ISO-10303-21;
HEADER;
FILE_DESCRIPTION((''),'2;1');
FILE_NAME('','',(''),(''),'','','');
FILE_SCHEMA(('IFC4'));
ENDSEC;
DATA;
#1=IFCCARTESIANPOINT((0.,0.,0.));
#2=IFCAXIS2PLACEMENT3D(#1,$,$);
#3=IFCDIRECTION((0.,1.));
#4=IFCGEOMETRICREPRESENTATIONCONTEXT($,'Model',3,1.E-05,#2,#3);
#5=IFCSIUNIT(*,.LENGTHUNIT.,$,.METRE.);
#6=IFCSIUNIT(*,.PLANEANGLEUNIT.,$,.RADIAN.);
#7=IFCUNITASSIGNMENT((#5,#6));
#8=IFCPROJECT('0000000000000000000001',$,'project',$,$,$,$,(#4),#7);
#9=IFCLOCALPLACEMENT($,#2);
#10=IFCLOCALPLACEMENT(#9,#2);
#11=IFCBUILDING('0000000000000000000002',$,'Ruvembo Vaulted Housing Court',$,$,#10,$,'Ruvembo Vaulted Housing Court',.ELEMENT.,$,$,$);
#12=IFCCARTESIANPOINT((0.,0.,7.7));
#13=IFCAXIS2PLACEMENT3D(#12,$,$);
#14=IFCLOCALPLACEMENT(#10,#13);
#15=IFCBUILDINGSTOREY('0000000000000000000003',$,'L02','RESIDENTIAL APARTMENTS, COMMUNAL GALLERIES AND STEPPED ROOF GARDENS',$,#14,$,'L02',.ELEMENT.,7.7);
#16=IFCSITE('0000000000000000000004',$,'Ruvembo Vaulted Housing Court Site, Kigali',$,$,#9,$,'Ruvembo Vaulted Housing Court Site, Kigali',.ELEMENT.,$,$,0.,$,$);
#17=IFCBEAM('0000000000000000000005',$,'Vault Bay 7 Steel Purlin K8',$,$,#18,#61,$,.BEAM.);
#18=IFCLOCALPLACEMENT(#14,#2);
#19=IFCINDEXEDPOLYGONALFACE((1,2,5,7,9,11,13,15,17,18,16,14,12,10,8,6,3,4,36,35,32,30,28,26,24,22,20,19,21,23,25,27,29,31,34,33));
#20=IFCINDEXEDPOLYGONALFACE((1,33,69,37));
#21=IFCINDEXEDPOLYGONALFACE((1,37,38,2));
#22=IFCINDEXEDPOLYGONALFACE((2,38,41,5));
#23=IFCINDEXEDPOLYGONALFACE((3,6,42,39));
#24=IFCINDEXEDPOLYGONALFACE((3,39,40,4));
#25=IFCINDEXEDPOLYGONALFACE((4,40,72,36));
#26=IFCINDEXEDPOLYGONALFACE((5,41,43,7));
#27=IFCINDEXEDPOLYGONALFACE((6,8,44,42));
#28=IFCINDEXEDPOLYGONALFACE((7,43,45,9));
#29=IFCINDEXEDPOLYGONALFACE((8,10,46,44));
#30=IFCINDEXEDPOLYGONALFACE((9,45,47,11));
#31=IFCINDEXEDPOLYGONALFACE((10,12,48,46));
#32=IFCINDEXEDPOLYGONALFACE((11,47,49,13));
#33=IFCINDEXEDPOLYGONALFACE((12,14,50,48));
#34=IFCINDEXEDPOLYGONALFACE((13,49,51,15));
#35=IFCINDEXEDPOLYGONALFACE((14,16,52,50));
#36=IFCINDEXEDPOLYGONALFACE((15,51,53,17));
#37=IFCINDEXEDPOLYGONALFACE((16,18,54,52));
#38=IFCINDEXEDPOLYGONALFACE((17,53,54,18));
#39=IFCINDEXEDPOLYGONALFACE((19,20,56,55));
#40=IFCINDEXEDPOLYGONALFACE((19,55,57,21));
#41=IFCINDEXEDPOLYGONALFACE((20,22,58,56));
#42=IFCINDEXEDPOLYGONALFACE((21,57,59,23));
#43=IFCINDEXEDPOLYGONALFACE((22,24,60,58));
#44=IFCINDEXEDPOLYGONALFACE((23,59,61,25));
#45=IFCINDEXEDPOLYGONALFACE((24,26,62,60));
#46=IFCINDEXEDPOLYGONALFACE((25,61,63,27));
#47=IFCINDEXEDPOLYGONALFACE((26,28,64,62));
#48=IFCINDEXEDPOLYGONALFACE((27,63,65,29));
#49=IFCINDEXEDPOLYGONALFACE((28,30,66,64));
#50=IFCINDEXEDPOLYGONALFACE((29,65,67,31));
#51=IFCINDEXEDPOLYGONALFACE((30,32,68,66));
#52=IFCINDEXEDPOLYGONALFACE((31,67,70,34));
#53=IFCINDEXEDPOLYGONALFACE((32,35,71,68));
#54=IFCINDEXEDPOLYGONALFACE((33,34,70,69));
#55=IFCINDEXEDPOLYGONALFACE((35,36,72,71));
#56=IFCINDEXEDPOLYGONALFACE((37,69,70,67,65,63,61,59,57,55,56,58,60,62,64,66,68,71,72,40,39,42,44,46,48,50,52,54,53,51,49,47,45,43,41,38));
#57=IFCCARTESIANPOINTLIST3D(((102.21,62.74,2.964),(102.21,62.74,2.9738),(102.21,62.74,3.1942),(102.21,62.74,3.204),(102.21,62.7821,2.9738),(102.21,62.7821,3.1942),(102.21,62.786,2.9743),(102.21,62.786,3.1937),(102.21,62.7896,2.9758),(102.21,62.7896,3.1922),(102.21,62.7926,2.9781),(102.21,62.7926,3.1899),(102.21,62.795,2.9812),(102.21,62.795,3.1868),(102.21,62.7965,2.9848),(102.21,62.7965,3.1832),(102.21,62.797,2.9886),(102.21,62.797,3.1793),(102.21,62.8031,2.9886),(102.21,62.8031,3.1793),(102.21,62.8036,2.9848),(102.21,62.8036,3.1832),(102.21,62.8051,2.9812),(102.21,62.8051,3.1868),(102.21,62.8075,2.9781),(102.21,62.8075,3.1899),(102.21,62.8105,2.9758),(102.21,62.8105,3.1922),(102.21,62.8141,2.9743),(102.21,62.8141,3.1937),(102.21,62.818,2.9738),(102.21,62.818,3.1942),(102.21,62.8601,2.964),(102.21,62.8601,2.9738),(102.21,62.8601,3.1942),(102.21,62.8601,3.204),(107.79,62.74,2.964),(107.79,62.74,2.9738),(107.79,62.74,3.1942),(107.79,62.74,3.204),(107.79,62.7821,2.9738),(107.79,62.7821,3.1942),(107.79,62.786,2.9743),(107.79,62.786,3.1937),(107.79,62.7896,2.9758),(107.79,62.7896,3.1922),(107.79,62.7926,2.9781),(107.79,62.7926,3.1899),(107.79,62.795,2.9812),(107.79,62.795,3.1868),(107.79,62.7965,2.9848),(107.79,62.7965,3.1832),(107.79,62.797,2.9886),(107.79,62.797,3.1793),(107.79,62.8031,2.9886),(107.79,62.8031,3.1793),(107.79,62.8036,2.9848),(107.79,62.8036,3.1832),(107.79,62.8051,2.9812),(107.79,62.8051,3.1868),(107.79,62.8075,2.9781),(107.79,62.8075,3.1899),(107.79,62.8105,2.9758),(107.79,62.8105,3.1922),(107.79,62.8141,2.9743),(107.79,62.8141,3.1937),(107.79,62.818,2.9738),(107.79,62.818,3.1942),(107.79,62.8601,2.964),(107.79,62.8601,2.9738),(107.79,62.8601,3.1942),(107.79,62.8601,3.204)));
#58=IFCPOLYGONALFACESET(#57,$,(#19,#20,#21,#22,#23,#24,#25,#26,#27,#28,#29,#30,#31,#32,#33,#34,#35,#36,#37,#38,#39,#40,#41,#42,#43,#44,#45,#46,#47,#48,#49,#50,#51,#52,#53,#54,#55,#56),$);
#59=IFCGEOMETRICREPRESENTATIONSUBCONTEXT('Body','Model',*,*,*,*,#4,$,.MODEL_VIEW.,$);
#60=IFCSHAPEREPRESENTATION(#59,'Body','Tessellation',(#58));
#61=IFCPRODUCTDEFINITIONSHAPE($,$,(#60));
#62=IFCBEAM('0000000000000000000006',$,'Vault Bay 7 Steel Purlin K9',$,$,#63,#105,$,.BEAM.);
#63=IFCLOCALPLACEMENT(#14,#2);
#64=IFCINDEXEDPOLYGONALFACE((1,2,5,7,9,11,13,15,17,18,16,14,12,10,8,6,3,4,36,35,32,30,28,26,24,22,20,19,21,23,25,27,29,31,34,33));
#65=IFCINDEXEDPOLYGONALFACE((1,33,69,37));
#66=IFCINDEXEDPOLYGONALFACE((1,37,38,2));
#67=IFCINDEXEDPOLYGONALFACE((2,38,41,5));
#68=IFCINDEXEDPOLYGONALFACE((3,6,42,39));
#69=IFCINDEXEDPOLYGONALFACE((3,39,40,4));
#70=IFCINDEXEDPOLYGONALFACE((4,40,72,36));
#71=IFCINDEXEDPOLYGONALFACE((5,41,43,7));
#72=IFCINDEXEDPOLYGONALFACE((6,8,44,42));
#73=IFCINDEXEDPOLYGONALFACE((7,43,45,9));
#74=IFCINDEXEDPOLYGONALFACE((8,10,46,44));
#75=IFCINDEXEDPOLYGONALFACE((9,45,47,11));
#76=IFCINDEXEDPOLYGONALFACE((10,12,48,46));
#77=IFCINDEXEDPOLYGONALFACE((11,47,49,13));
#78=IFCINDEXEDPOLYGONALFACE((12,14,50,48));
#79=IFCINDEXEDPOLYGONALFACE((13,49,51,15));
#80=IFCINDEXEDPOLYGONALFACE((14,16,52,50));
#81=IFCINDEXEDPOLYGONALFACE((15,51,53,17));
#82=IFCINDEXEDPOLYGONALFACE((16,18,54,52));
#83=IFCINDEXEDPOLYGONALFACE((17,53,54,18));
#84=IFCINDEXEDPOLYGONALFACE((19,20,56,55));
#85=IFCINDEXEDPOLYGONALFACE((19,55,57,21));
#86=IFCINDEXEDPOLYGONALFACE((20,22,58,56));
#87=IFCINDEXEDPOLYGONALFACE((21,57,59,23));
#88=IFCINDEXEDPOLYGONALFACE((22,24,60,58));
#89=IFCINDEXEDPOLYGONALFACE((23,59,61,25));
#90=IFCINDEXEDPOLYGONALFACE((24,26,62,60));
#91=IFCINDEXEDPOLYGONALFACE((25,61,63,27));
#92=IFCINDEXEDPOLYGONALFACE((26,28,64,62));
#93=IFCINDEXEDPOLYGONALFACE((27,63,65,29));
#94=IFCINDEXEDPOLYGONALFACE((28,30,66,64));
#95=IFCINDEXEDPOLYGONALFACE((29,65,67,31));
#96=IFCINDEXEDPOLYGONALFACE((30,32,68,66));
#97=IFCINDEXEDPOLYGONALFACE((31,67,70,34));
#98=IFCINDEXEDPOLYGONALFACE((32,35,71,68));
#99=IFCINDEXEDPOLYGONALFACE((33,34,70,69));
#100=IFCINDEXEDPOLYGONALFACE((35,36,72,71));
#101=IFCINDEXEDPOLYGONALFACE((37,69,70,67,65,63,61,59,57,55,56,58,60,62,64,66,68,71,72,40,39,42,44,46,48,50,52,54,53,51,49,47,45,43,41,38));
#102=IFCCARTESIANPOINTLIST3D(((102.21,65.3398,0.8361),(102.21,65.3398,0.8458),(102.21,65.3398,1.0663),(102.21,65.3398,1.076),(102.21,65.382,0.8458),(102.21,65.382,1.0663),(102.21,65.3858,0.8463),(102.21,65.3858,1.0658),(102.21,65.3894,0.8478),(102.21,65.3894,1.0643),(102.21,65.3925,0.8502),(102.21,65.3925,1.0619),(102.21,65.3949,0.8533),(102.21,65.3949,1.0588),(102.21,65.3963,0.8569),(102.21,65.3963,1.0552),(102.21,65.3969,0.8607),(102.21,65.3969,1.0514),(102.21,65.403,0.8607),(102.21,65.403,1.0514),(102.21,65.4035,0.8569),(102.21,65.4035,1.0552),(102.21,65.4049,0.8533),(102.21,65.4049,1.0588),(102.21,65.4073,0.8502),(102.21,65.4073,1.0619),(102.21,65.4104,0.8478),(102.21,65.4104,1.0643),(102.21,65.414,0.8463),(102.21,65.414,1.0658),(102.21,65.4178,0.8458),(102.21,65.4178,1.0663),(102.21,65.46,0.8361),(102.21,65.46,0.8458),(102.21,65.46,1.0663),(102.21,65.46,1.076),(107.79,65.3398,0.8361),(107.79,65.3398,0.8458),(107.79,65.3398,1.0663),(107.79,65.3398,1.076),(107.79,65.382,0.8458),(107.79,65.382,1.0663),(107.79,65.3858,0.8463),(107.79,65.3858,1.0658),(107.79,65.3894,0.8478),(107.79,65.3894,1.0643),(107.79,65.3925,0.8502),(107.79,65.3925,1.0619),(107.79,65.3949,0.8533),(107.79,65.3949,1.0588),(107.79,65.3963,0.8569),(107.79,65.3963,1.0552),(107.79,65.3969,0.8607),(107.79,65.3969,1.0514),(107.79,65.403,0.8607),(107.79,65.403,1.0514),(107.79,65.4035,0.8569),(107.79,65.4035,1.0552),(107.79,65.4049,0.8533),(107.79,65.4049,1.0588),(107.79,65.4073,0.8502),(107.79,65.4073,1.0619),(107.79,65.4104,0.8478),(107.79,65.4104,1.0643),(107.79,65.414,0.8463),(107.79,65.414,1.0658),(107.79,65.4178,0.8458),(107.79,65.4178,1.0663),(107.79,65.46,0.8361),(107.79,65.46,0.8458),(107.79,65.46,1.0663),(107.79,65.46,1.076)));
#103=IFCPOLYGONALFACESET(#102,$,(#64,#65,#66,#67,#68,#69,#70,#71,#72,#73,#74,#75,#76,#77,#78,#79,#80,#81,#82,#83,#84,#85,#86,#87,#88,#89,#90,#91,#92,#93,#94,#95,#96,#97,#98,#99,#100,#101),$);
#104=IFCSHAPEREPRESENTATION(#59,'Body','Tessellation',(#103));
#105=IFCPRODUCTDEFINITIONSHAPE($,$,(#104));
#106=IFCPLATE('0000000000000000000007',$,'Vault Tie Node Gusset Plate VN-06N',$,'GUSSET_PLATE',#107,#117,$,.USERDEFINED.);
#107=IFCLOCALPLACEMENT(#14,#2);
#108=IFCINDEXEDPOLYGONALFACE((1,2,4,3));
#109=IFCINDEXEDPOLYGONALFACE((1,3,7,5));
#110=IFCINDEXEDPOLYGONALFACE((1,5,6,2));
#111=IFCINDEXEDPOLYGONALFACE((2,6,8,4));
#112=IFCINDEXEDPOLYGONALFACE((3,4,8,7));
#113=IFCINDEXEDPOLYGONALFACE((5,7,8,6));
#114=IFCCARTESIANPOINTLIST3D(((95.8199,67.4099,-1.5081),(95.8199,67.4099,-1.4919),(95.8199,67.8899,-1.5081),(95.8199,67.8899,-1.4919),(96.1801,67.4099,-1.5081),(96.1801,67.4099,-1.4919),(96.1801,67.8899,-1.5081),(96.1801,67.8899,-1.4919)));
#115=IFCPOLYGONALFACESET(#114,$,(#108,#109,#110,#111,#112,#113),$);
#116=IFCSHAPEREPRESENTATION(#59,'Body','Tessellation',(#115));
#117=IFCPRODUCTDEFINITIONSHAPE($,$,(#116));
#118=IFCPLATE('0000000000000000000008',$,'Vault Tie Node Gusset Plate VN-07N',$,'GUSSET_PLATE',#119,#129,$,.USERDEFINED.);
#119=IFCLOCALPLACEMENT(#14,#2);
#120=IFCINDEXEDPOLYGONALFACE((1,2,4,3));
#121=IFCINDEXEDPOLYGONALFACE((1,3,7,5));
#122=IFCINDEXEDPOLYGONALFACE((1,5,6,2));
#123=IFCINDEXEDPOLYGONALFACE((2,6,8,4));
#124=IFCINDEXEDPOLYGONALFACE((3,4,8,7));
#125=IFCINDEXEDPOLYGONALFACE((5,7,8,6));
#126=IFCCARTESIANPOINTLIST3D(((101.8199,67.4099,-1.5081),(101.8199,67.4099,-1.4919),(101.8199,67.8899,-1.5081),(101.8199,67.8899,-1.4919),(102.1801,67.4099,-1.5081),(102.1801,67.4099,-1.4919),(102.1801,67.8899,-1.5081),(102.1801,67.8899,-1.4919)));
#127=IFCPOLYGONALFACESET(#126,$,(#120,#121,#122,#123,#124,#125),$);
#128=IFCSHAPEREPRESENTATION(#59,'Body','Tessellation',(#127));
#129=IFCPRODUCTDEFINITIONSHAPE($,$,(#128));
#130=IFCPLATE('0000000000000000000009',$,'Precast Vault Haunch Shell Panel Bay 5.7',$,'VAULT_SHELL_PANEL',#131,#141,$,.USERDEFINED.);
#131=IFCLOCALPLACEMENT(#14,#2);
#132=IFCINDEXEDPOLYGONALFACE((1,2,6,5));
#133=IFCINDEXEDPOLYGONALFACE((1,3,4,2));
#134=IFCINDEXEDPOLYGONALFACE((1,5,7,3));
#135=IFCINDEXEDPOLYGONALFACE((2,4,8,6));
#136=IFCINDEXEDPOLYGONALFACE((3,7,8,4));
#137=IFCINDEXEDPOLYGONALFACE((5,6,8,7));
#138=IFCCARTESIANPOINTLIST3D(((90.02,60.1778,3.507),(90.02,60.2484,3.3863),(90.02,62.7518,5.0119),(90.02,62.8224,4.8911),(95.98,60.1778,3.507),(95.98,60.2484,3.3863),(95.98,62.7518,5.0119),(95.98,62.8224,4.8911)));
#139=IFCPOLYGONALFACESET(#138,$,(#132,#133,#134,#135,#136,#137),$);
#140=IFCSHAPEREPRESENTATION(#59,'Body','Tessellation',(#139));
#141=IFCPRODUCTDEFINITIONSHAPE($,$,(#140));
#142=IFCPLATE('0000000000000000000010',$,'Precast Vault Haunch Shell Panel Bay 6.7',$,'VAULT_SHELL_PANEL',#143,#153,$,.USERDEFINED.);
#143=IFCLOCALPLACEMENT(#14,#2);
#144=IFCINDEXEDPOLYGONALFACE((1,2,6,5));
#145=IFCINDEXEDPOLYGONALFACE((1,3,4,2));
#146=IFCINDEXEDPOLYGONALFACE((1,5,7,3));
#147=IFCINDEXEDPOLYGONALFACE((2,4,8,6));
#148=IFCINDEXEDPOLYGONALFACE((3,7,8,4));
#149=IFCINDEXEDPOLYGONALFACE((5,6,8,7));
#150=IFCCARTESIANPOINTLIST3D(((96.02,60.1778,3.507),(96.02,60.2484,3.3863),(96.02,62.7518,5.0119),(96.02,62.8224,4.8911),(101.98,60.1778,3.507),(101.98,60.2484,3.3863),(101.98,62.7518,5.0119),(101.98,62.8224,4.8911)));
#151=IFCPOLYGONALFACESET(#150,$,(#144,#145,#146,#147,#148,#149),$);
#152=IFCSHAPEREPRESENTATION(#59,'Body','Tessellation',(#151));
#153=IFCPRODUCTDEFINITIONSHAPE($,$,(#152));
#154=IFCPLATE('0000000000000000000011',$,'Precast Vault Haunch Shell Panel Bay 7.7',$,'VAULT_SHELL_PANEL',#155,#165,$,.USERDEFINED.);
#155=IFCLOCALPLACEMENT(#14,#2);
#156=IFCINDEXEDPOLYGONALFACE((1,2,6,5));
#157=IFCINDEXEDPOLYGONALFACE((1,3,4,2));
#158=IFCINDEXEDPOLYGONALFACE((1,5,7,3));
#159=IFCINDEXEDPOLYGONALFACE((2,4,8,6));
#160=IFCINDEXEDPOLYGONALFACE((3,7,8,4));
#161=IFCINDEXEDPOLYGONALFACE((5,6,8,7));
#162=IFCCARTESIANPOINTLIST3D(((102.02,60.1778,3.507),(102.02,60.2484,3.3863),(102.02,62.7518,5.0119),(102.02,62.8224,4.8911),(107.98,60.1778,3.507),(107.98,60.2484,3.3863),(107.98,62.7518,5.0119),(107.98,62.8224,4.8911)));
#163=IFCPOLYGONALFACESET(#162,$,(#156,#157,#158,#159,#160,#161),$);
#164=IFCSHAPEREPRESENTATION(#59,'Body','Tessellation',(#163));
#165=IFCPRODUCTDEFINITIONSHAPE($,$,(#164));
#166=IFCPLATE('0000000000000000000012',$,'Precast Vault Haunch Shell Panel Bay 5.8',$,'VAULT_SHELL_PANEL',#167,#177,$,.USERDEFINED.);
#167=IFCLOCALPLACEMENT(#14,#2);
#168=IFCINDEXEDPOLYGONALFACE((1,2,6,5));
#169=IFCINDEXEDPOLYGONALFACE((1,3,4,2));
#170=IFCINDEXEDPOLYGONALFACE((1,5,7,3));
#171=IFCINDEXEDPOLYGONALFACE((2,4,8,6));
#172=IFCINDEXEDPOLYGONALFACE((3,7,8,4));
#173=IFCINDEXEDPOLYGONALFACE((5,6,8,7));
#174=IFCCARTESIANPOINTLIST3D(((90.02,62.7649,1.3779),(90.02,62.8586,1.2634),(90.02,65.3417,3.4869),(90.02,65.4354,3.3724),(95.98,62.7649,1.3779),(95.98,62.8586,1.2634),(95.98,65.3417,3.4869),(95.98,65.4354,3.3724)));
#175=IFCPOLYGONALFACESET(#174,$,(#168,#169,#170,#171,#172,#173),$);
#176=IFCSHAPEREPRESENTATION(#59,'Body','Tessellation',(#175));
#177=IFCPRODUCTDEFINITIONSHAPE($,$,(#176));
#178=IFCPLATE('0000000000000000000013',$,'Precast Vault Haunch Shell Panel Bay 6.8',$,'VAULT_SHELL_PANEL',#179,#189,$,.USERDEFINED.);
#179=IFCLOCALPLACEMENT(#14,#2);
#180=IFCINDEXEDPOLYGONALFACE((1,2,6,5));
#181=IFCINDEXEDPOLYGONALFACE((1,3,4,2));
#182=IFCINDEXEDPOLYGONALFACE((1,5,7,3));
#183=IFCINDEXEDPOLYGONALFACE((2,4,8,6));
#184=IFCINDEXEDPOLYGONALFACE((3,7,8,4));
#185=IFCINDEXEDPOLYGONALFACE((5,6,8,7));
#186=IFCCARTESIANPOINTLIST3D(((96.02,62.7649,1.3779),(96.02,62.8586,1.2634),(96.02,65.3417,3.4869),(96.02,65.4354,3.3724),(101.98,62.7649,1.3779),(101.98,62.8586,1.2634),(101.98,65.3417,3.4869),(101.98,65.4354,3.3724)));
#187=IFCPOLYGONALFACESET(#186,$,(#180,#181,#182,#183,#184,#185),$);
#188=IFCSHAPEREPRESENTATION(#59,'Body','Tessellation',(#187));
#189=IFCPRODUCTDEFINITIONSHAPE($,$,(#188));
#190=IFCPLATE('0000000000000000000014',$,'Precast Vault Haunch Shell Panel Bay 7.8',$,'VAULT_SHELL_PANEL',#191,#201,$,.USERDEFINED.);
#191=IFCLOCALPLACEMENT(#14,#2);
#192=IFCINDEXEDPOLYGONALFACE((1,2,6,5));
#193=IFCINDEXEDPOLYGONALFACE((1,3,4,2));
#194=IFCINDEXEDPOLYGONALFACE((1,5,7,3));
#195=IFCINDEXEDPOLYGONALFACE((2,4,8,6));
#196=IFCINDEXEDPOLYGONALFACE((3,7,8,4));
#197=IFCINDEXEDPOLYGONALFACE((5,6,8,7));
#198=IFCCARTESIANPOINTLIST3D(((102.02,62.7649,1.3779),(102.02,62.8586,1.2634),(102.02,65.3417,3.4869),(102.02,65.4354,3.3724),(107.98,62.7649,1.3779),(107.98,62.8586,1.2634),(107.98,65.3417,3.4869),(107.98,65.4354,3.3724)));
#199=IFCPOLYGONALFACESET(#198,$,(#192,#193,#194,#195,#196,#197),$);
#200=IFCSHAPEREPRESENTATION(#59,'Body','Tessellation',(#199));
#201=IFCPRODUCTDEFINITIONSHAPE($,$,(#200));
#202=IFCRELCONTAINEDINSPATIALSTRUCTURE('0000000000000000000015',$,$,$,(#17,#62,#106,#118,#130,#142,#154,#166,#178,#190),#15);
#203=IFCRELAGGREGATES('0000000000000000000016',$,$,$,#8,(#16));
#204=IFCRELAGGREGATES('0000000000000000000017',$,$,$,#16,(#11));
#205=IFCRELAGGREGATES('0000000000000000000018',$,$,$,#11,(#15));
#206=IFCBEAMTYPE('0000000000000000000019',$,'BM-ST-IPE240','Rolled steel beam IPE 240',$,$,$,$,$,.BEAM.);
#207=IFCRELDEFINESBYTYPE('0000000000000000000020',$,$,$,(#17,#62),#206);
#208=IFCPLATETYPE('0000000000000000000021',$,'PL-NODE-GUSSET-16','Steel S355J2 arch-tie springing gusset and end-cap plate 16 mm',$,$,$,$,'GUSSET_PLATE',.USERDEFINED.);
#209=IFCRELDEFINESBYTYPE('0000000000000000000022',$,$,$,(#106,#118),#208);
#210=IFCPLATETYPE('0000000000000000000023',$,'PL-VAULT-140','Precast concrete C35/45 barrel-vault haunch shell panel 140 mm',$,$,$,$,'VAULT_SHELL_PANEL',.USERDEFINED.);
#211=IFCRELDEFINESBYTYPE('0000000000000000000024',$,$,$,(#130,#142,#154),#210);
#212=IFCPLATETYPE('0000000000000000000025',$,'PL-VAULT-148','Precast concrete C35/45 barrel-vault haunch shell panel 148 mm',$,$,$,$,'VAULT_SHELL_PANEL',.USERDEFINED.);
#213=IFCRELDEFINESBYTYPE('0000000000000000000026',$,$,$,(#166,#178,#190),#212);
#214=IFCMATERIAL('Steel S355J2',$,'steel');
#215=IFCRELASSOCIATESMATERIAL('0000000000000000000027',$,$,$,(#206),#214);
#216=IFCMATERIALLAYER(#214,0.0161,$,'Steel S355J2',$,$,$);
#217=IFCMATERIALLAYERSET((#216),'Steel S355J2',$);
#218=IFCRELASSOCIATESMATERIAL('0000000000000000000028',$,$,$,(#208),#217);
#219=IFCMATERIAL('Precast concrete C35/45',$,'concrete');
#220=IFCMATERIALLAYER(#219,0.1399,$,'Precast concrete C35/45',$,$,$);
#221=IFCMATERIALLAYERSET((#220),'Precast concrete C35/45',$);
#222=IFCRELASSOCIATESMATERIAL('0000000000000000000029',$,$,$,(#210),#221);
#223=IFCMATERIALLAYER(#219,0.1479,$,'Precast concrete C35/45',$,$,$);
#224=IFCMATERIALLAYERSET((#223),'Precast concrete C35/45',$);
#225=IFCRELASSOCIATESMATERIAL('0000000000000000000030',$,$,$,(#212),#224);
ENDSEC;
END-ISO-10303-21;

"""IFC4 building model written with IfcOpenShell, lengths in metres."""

from ifc_helpers import new_model, si_unit, direction, frame, origin, origin_2d, place, context, subcontext, project, spatial, rectangle, i_section, extrude, material, layer, layer_set, material_profile, profile_set, type_object, element, save


model = new_model("IFC4")

# Units and contexts
model_context = context("Model", 3, precision=1e-05, world=origin(), true_north=direction((0.0, 1.0)))
body_context = subcontext(model_context, "Body", "Model", "MODEL_VIEW")
ifc_project = project(units=[si_unit("LENGTHUNIT", "METRE"), si_unit("PLANEANGLEUNIT", "RADIAN")], contexts=[model_context])

# Site, building, storey
site_placement = place(None, origin())
site = spatial("IfcSite", under=ifc_project, at=site_placement, Name="Ruvembo Vaulted Housing Court Site, Kigali", LongName="Ruvembo Vaulted Housing Court Site, Kigali", CompositionType="ELEMENT", RefElevation=0.0)
building_placement = place(site_placement, origin())
building = spatial("IfcBuilding", under=site, at=building_placement, Name="Ruvembo Vaulted Housing Court", LongName="Ruvembo Vaulted Housing Court", CompositionType="ELEMENT")
storey_placement = place(building_placement, frame((0.0, 0.0, 7.7)))
storey = spatial("IfcBuildingStorey", under=building, at=storey_placement, Name="L02", Description="RESIDENTIAL APARTMENTS, COMMUNAL GALLERIES AND STEPPED ROOF GARDENS", LongName="L02", CompositionType="ELEMENT", Elevation=7.7)

# Beams
ifc_material_1 = material(Name="Steel S355J2", Category="steel")
ifc_material_profile_1 = material_profile(ifc_material_1, i_section(OverallWidth=0.1201, OverallDepth=0.24, WebThickness=0.0061, FlangeThickness=0.0098, FilletRadius=0.0149, at=origin_2d()), Name="IPE 240")
ifc_profile_set_1 = profile_set([ifc_material_profile_1], Name="Steel S355J2")
beam_type_1 = type_object("IfcBeamType", Name="BM-ST-IPE240", Description="Rolled steel beam IPE 240", PredefinedType="BEAM", material=ifc_profile_set_1)
for number, where, z_axis, x_axis, name in (
    (1, (102.21, 62.8, 3.084), (1.0, 0.0, 0.0), (0.0, 1.0, 0.0), "Vault Bay 7 Steel Purlin K8"),
    (2, (102.21, 65.3999, 0.9561), (1.0, 0.0, 0.0), (0.0, 1.0, 0.0), "Vault Bay 7 Steel Purlin K9"),
):
    element("IfcBeam", number, at=place(storey_placement, frame(where, z_axis=z_axis, x_axis=x_axis)), inside=storey, type_object=beam_type_1, Name=name, PredefinedType="BEAM", context=body_context, shape_type="SweptSolid", body=[
        extrude(i_section(OverallWidth=0.1201, OverallDepth=0.24, WebThickness=0.0061, FlangeThickness=0.0098, FilletRadius=0.0149, at=origin_2d()), origin(), (0.0, 0.0, 1.0), 5.5801),
    ])

# Plates
ifc_layer_1 = layer(ifc_material_1, 0.0161, Name="Steel S355J2")
ifc_layer_set_1 = layer_set([ifc_layer_1], Name="Steel S355J2")
plate_type_1 = type_object("IfcPlateType", Name="PL-NODE-GUSSET-16", Description="Steel S355J2 arch-tie springing gusset and end-cap plate 16 mm", ElementType="GUSSET_PLATE", PredefinedType="USERDEFINED", material=ifc_layer_set_1)
for number, where, z_axis, x_axis, name in (
    (3, (96.0, 67.6499, -1.5081), (0.0, 0.0, 1.0), (0.0, 1.0, 0.0), "Vault Tie Node Gusset Plate VN-06N"),
    (4, (102.0, 67.6499, -1.5081), (0.0, 0.0, 1.0), (0.0, 1.0, 0.0), "Vault Tie Node Gusset Plate VN-07N"),
):
    element("IfcPlate", number, at=place(storey_placement, frame(where, z_axis=z_axis, x_axis=x_axis)), inside=storey, type_object=plate_type_1, Name=name, ObjectType="GUSSET_PLATE", PredefinedType="USERDEFINED", context=body_context, shape_type="SweptSolid", body=[
        extrude(rectangle(XDim=0.48, YDim=0.3601, at=origin_2d()), origin(), (0.0, 0.0, 1.0), 0.0161),
    ])
ifc_material_2 = material(Name="Precast concrete C35/45", Category="concrete")
ifc_layer_2 = layer(ifc_material_2, 0.1399, Name="Precast concrete C35/45")
ifc_layer_set_2 = layer_set([ifc_layer_2], Name="Precast concrete C35/45")
plate_type_2 = type_object("IfcPlateType", Name="PL-VAULT-140", Description="Precast concrete C35/45 barrel-vault haunch shell panel 140 mm", ElementType="VAULT_SHELL_PANEL", PredefinedType="USERDEFINED", material=ifc_layer_set_2)
for number, where, z_axis, x_axis, name in (
    (5, (93.0, 61.5354, 4.1387), (0.0, -0.504693, 0.863299), (1.0, 0.0, 0.0), "Precast Vault Haunch Shell Panel Bay 5.7"),
    (6, (99.0, 61.5354, 4.1387), (0.0, -0.504693, 0.863299), (1.0, 0.0, 0.0), "Precast Vault Haunch Shell Panel Bay 6.7"),
    (7, (105.0, 61.5354, 4.1387), (0.0, -0.504693, 0.863299), (1.0, 0.0, 0.0), "Precast Vault Haunch Shell Panel Bay 7.7"),
):
    element("IfcPlate", number, at=place(storey_placement, frame(where, z_axis=z_axis, x_axis=x_axis)), inside=storey, type_object=plate_type_2, Name=name, ObjectType="VAULT_SHELL_PANEL", PredefinedType="USERDEFINED", context=body_context, shape_type="SweptSolid", body=[
        extrude(rectangle(XDim=5.96, YDim=2.9817, at=origin_2d()), origin(), (0.0, 0.0, 1.0), 0.1399),
    ])
ifc_layer_3 = layer(ifc_material_2, 0.1479, Name="Precast concrete C35/45")
ifc_layer_set_3 = layer_set([ifc_layer_3], Name="Precast concrete C35/45")
plate_type_3 = type_object("IfcPlateType", Name="PL-VAULT-148", Description="Precast concrete C35/45 barrel-vault haunch shell panel 148 mm", ElementType="VAULT_SHELL_PANEL", PredefinedType="USERDEFINED", material=ifc_layer_set_3)
for number, where, z_axis, x_axis, name in (
    (8, (93.0, 64.147, 2.3179), (0.0, -0.633367, 0.773851), (1.0, 0.0, 0.0), "Precast Vault Haunch Shell Panel Bay 5.8"),
    (9, (99.0, 64.147, 2.3179), (0.0, -0.633367, 0.773851), (1.0, 0.0, 0.0), "Precast Vault Haunch Shell Panel Bay 6.8"),
    (10, (105.0, 64.147, 2.3179), (0.0, -0.633367, 0.773851), (1.0, 0.0, 0.0), "Precast Vault Haunch Shell Panel Bay 7.8"),
):
    element("IfcPlate", number, at=place(storey_placement, frame(where, z_axis=z_axis, x_axis=x_axis)), inside=storey, type_object=plate_type_3, Name=name, ObjectType="VAULT_SHELL_PANEL", PredefinedType="USERDEFINED", context=body_context, shape_type="SweptSolid", body=[
        extrude(rectangle(XDim=5.96, YDim=3.3298, at=origin_2d()), origin(), (0.0, 0.0, 1.0), 0.1479),
    ])

save(model, "model.ifc")
